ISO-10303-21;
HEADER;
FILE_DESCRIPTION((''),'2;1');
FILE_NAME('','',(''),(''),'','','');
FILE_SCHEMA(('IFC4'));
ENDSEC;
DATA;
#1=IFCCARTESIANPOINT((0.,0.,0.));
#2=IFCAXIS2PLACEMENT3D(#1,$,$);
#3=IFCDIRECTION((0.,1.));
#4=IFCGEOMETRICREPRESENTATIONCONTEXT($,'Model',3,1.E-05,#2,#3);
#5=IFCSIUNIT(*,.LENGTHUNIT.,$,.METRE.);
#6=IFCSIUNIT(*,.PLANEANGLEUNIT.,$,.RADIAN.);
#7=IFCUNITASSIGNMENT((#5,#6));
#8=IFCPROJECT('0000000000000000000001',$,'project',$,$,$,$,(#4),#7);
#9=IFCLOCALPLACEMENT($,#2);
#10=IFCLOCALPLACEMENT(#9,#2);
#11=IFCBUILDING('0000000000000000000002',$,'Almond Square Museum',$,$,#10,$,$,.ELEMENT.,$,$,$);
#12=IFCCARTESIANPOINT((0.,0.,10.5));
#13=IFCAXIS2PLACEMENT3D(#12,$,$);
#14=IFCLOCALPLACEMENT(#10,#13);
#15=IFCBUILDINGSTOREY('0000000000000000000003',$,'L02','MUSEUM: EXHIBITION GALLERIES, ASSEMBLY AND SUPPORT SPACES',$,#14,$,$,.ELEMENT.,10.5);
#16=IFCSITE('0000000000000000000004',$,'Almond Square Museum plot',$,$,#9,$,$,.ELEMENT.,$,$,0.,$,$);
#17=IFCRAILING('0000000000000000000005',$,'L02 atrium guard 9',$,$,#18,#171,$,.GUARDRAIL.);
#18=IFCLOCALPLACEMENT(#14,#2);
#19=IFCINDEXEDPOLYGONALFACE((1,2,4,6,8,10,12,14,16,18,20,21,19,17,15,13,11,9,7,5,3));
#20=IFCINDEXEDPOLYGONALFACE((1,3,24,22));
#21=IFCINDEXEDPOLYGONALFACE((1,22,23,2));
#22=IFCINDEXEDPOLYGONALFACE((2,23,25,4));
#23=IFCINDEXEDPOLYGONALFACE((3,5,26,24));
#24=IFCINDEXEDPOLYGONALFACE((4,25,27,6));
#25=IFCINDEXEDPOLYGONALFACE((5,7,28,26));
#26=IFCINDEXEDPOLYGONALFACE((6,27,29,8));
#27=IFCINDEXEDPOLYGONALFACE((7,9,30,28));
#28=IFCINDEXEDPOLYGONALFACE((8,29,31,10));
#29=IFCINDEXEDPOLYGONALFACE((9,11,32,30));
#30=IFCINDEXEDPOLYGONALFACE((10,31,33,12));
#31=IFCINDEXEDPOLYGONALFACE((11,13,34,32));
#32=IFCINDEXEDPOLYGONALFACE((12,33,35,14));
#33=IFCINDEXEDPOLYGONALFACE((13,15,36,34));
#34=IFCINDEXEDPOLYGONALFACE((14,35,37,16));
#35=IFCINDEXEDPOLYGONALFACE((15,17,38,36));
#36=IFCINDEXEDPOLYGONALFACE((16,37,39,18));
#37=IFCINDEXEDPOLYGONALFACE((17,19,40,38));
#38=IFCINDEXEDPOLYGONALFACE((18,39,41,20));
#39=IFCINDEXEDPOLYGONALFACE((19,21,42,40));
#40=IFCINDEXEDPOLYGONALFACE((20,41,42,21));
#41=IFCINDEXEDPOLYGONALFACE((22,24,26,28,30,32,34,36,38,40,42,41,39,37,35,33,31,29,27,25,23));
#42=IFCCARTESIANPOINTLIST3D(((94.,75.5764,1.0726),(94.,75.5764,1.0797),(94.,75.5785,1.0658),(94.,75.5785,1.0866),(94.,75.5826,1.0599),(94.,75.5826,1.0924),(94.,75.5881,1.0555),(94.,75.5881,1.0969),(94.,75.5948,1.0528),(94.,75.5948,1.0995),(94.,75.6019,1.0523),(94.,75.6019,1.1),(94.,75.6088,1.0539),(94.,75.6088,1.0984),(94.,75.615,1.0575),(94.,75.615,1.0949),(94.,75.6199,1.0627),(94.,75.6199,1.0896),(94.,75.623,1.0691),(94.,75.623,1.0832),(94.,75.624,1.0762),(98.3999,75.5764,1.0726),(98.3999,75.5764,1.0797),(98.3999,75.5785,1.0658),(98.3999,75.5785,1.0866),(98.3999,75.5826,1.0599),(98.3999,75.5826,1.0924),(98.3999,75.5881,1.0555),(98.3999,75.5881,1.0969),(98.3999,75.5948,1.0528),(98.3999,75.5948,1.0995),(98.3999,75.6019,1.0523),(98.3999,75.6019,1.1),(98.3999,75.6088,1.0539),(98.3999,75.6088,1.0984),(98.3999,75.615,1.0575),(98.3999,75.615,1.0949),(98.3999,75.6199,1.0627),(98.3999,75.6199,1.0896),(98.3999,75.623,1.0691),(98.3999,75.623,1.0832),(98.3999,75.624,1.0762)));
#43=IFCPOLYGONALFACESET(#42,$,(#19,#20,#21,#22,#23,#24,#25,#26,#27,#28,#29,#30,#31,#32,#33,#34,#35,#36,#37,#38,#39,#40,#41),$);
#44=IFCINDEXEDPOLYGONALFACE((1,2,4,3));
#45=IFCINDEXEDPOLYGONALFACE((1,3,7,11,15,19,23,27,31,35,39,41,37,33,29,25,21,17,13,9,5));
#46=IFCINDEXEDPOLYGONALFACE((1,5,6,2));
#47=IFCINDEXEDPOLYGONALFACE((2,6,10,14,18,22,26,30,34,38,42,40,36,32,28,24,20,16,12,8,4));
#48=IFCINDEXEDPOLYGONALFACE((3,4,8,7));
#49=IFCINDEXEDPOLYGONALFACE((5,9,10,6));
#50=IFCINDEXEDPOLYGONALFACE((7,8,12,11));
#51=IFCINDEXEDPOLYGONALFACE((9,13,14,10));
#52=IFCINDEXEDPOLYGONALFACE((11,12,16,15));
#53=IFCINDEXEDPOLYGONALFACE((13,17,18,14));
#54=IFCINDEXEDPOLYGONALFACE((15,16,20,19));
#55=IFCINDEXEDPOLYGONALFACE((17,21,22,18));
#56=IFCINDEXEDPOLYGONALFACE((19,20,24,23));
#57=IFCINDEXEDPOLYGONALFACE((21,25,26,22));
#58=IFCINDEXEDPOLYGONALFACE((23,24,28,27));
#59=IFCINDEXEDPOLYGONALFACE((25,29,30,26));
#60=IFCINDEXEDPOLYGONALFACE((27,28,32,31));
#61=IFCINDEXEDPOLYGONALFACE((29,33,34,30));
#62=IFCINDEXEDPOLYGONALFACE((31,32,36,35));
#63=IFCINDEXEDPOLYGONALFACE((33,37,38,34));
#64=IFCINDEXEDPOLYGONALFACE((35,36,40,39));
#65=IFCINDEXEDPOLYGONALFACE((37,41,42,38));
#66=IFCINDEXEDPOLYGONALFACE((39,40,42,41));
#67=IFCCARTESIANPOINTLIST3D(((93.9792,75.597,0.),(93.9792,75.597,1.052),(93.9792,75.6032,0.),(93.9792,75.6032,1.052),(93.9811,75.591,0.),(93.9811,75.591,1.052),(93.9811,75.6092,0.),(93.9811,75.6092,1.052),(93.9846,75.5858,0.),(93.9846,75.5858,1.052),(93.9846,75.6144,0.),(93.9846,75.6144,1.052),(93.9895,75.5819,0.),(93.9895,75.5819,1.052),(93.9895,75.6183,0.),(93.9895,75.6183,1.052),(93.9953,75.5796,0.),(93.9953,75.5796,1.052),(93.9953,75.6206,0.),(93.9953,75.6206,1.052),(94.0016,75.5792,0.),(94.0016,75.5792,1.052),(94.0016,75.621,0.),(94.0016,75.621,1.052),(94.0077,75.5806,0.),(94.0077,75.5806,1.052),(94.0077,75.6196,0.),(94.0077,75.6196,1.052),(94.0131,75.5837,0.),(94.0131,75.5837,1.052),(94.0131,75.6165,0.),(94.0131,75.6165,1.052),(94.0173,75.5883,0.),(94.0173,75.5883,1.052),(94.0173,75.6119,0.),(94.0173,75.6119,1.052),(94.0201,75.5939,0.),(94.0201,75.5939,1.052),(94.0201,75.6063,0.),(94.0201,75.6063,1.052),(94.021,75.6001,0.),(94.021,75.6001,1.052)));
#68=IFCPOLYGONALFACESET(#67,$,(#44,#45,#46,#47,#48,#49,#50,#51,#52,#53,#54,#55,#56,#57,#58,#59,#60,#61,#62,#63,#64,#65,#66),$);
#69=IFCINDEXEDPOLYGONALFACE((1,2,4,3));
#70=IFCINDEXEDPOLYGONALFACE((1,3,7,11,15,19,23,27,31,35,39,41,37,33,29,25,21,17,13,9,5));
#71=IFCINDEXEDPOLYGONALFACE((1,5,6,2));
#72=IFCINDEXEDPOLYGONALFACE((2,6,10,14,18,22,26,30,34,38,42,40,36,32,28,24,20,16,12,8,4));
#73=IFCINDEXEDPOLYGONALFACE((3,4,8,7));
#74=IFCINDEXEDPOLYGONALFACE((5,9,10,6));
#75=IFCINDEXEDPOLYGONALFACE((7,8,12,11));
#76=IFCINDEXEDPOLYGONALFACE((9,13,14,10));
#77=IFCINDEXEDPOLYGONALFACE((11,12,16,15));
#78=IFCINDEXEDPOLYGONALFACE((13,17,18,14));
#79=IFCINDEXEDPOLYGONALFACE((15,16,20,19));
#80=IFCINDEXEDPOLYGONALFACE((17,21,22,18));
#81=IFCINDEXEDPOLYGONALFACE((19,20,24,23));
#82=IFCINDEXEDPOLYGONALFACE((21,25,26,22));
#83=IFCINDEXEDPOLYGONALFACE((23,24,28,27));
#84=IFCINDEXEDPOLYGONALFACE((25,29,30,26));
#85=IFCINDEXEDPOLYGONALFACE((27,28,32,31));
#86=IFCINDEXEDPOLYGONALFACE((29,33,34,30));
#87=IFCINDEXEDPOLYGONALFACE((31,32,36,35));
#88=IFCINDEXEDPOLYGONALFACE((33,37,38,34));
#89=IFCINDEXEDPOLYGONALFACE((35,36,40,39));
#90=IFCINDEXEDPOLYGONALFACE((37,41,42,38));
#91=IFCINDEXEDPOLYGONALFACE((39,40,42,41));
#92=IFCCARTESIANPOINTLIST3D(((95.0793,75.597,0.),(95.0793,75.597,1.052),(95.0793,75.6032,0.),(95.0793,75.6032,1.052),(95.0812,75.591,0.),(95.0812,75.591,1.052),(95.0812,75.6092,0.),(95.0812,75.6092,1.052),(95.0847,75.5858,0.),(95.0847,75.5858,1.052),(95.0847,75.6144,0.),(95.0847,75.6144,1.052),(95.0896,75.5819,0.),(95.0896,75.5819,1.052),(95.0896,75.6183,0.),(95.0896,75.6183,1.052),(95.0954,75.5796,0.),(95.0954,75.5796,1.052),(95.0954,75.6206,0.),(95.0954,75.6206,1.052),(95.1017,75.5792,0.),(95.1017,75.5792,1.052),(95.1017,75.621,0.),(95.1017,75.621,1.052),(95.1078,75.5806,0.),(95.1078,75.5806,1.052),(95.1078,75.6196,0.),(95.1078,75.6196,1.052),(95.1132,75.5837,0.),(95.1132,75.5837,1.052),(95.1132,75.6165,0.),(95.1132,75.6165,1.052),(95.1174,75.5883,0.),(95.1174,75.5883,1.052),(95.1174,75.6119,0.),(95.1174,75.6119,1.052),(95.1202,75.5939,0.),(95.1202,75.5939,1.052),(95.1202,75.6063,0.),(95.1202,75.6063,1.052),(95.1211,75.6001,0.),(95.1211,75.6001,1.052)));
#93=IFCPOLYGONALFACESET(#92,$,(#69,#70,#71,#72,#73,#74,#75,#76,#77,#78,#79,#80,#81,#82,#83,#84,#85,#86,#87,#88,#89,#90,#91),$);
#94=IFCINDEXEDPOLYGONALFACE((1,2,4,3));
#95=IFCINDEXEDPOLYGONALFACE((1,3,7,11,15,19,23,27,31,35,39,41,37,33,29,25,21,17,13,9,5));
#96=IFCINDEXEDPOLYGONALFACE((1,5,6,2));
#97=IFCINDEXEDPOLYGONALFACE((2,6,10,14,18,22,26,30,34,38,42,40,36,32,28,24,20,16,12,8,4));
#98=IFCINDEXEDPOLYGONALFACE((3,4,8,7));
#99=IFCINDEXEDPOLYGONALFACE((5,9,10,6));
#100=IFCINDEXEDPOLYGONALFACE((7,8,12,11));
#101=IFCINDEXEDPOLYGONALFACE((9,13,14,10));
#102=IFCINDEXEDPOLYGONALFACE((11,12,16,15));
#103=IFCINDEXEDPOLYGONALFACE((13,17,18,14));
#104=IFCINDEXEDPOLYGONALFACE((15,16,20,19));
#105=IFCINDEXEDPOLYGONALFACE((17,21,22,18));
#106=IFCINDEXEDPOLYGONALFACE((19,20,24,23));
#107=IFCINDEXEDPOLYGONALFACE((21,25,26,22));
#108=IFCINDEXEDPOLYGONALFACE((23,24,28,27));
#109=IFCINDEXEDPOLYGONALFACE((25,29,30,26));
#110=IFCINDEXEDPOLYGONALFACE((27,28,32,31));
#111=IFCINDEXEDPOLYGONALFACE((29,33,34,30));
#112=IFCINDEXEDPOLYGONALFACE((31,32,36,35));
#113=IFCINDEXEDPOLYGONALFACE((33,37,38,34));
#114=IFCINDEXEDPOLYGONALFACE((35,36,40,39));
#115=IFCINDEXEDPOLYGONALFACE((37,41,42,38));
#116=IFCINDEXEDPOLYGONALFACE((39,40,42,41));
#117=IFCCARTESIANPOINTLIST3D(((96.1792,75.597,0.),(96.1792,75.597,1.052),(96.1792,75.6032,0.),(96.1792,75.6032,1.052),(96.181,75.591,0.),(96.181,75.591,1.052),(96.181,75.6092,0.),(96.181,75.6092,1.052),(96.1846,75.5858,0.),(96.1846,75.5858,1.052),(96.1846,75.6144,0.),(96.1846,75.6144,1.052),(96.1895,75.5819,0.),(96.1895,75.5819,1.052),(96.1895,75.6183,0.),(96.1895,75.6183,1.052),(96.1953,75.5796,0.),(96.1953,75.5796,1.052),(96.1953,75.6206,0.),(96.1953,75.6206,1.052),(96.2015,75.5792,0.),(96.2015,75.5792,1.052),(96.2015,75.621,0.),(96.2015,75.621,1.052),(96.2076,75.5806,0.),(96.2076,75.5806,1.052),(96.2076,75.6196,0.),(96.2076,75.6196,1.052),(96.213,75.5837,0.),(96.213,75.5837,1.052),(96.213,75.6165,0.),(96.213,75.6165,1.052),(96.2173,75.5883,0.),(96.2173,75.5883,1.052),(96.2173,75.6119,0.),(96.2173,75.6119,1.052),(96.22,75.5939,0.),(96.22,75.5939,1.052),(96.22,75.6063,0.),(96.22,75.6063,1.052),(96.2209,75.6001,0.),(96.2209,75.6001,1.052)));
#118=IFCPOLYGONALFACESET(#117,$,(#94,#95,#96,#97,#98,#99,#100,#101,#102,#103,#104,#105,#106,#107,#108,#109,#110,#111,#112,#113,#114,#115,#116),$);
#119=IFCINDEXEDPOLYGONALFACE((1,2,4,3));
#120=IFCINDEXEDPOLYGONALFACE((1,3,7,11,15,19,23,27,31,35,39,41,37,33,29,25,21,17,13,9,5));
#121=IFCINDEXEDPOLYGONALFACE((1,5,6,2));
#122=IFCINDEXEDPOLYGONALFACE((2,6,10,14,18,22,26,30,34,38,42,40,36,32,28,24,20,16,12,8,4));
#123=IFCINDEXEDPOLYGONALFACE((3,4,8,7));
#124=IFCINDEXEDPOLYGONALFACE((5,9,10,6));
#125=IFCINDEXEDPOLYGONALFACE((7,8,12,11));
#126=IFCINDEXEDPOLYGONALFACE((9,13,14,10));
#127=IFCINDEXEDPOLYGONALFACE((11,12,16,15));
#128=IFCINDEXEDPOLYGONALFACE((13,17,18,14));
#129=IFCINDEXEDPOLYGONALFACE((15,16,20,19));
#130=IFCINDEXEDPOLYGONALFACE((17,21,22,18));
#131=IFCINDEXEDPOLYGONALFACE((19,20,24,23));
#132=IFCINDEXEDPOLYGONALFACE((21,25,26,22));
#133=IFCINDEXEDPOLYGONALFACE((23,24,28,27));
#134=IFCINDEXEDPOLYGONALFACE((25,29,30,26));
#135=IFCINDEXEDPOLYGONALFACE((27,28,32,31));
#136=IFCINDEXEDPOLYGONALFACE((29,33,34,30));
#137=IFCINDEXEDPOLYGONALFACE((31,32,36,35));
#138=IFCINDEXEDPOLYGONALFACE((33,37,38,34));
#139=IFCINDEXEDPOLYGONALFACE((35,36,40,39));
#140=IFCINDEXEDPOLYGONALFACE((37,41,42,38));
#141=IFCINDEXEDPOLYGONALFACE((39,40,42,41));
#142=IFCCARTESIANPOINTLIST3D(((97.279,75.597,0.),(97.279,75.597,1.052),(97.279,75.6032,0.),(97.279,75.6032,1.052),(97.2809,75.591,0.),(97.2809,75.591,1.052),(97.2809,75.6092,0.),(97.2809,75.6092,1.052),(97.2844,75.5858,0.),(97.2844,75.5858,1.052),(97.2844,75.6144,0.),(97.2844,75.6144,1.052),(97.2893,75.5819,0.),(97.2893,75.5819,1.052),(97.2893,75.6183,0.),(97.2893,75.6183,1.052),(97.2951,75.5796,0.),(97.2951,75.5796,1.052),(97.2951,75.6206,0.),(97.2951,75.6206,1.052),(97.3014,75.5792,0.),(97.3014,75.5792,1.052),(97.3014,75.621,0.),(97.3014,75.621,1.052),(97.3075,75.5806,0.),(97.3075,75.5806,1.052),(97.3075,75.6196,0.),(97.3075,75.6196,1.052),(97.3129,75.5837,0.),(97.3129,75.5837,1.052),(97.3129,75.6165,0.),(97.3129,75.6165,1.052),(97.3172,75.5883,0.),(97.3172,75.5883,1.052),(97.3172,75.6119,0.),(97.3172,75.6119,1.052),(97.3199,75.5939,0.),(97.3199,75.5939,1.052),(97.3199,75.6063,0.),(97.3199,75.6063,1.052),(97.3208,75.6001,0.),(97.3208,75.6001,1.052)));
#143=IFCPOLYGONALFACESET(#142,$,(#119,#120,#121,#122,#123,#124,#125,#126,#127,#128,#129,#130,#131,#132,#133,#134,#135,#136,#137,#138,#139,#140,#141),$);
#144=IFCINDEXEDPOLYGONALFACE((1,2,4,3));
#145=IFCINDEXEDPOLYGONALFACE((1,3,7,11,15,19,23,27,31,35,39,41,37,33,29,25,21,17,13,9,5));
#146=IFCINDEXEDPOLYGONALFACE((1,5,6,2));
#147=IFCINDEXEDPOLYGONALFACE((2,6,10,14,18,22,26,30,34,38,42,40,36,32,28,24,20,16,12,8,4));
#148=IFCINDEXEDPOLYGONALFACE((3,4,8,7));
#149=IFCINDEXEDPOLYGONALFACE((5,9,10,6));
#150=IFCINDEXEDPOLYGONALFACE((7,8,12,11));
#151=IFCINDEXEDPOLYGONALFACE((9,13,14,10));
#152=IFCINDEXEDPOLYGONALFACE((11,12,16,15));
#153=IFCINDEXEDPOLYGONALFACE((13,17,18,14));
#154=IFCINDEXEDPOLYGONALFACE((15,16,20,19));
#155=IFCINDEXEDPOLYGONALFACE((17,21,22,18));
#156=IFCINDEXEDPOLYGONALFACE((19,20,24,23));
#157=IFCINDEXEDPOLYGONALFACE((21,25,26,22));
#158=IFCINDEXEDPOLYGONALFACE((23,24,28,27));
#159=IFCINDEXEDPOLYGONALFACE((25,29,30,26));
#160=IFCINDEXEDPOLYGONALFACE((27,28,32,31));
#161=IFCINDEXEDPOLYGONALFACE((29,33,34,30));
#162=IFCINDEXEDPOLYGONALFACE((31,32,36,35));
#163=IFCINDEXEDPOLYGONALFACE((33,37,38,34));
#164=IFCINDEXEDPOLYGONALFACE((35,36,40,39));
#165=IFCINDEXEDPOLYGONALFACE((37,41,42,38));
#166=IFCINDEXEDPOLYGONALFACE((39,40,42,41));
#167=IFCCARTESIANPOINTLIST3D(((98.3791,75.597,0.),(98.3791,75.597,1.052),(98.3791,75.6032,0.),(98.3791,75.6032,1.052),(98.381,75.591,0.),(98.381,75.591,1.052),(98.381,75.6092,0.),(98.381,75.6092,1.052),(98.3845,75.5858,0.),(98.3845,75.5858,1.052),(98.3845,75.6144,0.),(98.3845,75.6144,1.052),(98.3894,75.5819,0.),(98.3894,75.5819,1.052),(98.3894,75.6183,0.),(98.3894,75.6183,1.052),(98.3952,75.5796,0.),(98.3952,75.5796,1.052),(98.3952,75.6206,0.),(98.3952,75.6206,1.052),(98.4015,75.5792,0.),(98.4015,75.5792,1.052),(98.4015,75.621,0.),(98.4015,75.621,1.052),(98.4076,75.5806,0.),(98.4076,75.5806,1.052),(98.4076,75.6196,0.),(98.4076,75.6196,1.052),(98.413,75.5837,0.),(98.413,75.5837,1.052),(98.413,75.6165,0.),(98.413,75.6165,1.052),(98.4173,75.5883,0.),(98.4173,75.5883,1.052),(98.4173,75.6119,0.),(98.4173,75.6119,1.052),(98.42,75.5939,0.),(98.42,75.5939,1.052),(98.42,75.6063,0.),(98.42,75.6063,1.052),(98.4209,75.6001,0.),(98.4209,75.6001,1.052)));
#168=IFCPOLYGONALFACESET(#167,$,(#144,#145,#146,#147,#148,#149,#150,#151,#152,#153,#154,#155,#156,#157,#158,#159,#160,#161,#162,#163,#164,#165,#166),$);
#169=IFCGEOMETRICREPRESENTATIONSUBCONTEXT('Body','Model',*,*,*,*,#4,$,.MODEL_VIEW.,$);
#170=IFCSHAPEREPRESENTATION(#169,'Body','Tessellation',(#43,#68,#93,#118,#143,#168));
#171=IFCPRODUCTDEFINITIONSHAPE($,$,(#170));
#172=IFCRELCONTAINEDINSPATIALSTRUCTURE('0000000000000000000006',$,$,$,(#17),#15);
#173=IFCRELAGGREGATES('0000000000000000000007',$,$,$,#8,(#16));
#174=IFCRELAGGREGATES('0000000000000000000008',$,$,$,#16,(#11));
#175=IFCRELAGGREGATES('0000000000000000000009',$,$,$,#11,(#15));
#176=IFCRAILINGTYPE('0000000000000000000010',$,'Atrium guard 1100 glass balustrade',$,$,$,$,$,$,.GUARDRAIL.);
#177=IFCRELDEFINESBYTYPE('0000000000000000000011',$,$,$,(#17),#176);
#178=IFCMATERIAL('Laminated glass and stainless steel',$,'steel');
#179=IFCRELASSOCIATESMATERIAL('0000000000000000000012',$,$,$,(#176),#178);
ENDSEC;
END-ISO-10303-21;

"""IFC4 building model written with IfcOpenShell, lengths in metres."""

from ifc_helpers import new_model, si_unit, direction, frame, origin, origin_2d, place, context, subcontext, project, spatial, circle, extrude, material, type_object, element, save


model = new_model("IFC4")

# Units and contexts
model_context = context("Model", 3, precision=1e-05, world=origin(), true_north=direction((0.0, 1.0)))
body_context = subcontext(model_context, "Body", "Model", "MODEL_VIEW")
ifc_project = project(units=[si_unit("LENGTHUNIT", "METRE"), si_unit("PLANEANGLEUNIT", "RADIAN")], contexts=[model_context])

# Site, building, storey
site_placement = place(None, origin())
site = spatial("IfcSite", under=ifc_project, at=site_placement, Name="Almond Square Museum plot", CompositionType="ELEMENT", RefElevation=0.0)
building_placement = place(site_placement, origin())
building = spatial("IfcBuilding", under=site, at=building_placement, Name="Almond Square Museum", CompositionType="ELEMENT")
storey_placement = place(building_placement, frame((0.0, 0.0, 10.5)))
storey = spatial("IfcBuildingStorey", under=building, at=storey_placement, Name="L02", Description="MUSEUM: EXHIBITION GALLERIES, ASSEMBLY AND SUPPORT SPACES", CompositionType="ELEMENT", Elevation=10.5)

# Railing
ifc_material_1 = material(Name="Laminated glass and stainless steel", Category="steel")
railing_type_1 = type_object("IfcRailingType", Name="Atrium guard 1100 glass balustrade", PredefinedType="GUARDRAIL", material=ifc_material_1)
railing_1_placement = place(storey_placement, frame((94.0, 75.6001, 0.0)))
element("IfcRailing", 1, at=railing_1_placement, inside=storey, type_object=railing_type_1, Name="L02 atrium guard 9", PredefinedType="GUARDRAIL", context=body_context, shape_type="SweptSolid", body=[
    extrude(circle(Radius=0.0239, at=origin_2d()), frame((0.0, 0.0, 1.0762), z_axis=(1.0, 0.0, 0.0), x_axis=(0.0, 1.0, 0.0)), (0.0, 0.0, 1.0), 4.3999),
    extrude(circle(Radius=0.021, at=origin_2d()), origin(), (0.0, 0.0, 1.0), 1.052),
    extrude(circle(Radius=0.021, at=origin_2d()), frame((1.1001, 0.0, 0.0)), (0.0, 0.0, 1.0), 1.052),
    extrude(circle(Radius=0.021, at=origin_2d()), frame((2.2, 0.0, 0.0)), (0.0, 0.0, 1.0), 1.052),
    extrude(circle(Radius=0.021, at=origin_2d()), frame((3.2998, 0.0, 0.0)), (0.0, 0.0, 1.0), 1.052),
    extrude(circle(Radius=0.021, at=origin_2d()), frame((4.3999, 0.0, 0.0)), (0.0, 0.0, 1.0), 1.052),
])

save(model, "model.ifc")
